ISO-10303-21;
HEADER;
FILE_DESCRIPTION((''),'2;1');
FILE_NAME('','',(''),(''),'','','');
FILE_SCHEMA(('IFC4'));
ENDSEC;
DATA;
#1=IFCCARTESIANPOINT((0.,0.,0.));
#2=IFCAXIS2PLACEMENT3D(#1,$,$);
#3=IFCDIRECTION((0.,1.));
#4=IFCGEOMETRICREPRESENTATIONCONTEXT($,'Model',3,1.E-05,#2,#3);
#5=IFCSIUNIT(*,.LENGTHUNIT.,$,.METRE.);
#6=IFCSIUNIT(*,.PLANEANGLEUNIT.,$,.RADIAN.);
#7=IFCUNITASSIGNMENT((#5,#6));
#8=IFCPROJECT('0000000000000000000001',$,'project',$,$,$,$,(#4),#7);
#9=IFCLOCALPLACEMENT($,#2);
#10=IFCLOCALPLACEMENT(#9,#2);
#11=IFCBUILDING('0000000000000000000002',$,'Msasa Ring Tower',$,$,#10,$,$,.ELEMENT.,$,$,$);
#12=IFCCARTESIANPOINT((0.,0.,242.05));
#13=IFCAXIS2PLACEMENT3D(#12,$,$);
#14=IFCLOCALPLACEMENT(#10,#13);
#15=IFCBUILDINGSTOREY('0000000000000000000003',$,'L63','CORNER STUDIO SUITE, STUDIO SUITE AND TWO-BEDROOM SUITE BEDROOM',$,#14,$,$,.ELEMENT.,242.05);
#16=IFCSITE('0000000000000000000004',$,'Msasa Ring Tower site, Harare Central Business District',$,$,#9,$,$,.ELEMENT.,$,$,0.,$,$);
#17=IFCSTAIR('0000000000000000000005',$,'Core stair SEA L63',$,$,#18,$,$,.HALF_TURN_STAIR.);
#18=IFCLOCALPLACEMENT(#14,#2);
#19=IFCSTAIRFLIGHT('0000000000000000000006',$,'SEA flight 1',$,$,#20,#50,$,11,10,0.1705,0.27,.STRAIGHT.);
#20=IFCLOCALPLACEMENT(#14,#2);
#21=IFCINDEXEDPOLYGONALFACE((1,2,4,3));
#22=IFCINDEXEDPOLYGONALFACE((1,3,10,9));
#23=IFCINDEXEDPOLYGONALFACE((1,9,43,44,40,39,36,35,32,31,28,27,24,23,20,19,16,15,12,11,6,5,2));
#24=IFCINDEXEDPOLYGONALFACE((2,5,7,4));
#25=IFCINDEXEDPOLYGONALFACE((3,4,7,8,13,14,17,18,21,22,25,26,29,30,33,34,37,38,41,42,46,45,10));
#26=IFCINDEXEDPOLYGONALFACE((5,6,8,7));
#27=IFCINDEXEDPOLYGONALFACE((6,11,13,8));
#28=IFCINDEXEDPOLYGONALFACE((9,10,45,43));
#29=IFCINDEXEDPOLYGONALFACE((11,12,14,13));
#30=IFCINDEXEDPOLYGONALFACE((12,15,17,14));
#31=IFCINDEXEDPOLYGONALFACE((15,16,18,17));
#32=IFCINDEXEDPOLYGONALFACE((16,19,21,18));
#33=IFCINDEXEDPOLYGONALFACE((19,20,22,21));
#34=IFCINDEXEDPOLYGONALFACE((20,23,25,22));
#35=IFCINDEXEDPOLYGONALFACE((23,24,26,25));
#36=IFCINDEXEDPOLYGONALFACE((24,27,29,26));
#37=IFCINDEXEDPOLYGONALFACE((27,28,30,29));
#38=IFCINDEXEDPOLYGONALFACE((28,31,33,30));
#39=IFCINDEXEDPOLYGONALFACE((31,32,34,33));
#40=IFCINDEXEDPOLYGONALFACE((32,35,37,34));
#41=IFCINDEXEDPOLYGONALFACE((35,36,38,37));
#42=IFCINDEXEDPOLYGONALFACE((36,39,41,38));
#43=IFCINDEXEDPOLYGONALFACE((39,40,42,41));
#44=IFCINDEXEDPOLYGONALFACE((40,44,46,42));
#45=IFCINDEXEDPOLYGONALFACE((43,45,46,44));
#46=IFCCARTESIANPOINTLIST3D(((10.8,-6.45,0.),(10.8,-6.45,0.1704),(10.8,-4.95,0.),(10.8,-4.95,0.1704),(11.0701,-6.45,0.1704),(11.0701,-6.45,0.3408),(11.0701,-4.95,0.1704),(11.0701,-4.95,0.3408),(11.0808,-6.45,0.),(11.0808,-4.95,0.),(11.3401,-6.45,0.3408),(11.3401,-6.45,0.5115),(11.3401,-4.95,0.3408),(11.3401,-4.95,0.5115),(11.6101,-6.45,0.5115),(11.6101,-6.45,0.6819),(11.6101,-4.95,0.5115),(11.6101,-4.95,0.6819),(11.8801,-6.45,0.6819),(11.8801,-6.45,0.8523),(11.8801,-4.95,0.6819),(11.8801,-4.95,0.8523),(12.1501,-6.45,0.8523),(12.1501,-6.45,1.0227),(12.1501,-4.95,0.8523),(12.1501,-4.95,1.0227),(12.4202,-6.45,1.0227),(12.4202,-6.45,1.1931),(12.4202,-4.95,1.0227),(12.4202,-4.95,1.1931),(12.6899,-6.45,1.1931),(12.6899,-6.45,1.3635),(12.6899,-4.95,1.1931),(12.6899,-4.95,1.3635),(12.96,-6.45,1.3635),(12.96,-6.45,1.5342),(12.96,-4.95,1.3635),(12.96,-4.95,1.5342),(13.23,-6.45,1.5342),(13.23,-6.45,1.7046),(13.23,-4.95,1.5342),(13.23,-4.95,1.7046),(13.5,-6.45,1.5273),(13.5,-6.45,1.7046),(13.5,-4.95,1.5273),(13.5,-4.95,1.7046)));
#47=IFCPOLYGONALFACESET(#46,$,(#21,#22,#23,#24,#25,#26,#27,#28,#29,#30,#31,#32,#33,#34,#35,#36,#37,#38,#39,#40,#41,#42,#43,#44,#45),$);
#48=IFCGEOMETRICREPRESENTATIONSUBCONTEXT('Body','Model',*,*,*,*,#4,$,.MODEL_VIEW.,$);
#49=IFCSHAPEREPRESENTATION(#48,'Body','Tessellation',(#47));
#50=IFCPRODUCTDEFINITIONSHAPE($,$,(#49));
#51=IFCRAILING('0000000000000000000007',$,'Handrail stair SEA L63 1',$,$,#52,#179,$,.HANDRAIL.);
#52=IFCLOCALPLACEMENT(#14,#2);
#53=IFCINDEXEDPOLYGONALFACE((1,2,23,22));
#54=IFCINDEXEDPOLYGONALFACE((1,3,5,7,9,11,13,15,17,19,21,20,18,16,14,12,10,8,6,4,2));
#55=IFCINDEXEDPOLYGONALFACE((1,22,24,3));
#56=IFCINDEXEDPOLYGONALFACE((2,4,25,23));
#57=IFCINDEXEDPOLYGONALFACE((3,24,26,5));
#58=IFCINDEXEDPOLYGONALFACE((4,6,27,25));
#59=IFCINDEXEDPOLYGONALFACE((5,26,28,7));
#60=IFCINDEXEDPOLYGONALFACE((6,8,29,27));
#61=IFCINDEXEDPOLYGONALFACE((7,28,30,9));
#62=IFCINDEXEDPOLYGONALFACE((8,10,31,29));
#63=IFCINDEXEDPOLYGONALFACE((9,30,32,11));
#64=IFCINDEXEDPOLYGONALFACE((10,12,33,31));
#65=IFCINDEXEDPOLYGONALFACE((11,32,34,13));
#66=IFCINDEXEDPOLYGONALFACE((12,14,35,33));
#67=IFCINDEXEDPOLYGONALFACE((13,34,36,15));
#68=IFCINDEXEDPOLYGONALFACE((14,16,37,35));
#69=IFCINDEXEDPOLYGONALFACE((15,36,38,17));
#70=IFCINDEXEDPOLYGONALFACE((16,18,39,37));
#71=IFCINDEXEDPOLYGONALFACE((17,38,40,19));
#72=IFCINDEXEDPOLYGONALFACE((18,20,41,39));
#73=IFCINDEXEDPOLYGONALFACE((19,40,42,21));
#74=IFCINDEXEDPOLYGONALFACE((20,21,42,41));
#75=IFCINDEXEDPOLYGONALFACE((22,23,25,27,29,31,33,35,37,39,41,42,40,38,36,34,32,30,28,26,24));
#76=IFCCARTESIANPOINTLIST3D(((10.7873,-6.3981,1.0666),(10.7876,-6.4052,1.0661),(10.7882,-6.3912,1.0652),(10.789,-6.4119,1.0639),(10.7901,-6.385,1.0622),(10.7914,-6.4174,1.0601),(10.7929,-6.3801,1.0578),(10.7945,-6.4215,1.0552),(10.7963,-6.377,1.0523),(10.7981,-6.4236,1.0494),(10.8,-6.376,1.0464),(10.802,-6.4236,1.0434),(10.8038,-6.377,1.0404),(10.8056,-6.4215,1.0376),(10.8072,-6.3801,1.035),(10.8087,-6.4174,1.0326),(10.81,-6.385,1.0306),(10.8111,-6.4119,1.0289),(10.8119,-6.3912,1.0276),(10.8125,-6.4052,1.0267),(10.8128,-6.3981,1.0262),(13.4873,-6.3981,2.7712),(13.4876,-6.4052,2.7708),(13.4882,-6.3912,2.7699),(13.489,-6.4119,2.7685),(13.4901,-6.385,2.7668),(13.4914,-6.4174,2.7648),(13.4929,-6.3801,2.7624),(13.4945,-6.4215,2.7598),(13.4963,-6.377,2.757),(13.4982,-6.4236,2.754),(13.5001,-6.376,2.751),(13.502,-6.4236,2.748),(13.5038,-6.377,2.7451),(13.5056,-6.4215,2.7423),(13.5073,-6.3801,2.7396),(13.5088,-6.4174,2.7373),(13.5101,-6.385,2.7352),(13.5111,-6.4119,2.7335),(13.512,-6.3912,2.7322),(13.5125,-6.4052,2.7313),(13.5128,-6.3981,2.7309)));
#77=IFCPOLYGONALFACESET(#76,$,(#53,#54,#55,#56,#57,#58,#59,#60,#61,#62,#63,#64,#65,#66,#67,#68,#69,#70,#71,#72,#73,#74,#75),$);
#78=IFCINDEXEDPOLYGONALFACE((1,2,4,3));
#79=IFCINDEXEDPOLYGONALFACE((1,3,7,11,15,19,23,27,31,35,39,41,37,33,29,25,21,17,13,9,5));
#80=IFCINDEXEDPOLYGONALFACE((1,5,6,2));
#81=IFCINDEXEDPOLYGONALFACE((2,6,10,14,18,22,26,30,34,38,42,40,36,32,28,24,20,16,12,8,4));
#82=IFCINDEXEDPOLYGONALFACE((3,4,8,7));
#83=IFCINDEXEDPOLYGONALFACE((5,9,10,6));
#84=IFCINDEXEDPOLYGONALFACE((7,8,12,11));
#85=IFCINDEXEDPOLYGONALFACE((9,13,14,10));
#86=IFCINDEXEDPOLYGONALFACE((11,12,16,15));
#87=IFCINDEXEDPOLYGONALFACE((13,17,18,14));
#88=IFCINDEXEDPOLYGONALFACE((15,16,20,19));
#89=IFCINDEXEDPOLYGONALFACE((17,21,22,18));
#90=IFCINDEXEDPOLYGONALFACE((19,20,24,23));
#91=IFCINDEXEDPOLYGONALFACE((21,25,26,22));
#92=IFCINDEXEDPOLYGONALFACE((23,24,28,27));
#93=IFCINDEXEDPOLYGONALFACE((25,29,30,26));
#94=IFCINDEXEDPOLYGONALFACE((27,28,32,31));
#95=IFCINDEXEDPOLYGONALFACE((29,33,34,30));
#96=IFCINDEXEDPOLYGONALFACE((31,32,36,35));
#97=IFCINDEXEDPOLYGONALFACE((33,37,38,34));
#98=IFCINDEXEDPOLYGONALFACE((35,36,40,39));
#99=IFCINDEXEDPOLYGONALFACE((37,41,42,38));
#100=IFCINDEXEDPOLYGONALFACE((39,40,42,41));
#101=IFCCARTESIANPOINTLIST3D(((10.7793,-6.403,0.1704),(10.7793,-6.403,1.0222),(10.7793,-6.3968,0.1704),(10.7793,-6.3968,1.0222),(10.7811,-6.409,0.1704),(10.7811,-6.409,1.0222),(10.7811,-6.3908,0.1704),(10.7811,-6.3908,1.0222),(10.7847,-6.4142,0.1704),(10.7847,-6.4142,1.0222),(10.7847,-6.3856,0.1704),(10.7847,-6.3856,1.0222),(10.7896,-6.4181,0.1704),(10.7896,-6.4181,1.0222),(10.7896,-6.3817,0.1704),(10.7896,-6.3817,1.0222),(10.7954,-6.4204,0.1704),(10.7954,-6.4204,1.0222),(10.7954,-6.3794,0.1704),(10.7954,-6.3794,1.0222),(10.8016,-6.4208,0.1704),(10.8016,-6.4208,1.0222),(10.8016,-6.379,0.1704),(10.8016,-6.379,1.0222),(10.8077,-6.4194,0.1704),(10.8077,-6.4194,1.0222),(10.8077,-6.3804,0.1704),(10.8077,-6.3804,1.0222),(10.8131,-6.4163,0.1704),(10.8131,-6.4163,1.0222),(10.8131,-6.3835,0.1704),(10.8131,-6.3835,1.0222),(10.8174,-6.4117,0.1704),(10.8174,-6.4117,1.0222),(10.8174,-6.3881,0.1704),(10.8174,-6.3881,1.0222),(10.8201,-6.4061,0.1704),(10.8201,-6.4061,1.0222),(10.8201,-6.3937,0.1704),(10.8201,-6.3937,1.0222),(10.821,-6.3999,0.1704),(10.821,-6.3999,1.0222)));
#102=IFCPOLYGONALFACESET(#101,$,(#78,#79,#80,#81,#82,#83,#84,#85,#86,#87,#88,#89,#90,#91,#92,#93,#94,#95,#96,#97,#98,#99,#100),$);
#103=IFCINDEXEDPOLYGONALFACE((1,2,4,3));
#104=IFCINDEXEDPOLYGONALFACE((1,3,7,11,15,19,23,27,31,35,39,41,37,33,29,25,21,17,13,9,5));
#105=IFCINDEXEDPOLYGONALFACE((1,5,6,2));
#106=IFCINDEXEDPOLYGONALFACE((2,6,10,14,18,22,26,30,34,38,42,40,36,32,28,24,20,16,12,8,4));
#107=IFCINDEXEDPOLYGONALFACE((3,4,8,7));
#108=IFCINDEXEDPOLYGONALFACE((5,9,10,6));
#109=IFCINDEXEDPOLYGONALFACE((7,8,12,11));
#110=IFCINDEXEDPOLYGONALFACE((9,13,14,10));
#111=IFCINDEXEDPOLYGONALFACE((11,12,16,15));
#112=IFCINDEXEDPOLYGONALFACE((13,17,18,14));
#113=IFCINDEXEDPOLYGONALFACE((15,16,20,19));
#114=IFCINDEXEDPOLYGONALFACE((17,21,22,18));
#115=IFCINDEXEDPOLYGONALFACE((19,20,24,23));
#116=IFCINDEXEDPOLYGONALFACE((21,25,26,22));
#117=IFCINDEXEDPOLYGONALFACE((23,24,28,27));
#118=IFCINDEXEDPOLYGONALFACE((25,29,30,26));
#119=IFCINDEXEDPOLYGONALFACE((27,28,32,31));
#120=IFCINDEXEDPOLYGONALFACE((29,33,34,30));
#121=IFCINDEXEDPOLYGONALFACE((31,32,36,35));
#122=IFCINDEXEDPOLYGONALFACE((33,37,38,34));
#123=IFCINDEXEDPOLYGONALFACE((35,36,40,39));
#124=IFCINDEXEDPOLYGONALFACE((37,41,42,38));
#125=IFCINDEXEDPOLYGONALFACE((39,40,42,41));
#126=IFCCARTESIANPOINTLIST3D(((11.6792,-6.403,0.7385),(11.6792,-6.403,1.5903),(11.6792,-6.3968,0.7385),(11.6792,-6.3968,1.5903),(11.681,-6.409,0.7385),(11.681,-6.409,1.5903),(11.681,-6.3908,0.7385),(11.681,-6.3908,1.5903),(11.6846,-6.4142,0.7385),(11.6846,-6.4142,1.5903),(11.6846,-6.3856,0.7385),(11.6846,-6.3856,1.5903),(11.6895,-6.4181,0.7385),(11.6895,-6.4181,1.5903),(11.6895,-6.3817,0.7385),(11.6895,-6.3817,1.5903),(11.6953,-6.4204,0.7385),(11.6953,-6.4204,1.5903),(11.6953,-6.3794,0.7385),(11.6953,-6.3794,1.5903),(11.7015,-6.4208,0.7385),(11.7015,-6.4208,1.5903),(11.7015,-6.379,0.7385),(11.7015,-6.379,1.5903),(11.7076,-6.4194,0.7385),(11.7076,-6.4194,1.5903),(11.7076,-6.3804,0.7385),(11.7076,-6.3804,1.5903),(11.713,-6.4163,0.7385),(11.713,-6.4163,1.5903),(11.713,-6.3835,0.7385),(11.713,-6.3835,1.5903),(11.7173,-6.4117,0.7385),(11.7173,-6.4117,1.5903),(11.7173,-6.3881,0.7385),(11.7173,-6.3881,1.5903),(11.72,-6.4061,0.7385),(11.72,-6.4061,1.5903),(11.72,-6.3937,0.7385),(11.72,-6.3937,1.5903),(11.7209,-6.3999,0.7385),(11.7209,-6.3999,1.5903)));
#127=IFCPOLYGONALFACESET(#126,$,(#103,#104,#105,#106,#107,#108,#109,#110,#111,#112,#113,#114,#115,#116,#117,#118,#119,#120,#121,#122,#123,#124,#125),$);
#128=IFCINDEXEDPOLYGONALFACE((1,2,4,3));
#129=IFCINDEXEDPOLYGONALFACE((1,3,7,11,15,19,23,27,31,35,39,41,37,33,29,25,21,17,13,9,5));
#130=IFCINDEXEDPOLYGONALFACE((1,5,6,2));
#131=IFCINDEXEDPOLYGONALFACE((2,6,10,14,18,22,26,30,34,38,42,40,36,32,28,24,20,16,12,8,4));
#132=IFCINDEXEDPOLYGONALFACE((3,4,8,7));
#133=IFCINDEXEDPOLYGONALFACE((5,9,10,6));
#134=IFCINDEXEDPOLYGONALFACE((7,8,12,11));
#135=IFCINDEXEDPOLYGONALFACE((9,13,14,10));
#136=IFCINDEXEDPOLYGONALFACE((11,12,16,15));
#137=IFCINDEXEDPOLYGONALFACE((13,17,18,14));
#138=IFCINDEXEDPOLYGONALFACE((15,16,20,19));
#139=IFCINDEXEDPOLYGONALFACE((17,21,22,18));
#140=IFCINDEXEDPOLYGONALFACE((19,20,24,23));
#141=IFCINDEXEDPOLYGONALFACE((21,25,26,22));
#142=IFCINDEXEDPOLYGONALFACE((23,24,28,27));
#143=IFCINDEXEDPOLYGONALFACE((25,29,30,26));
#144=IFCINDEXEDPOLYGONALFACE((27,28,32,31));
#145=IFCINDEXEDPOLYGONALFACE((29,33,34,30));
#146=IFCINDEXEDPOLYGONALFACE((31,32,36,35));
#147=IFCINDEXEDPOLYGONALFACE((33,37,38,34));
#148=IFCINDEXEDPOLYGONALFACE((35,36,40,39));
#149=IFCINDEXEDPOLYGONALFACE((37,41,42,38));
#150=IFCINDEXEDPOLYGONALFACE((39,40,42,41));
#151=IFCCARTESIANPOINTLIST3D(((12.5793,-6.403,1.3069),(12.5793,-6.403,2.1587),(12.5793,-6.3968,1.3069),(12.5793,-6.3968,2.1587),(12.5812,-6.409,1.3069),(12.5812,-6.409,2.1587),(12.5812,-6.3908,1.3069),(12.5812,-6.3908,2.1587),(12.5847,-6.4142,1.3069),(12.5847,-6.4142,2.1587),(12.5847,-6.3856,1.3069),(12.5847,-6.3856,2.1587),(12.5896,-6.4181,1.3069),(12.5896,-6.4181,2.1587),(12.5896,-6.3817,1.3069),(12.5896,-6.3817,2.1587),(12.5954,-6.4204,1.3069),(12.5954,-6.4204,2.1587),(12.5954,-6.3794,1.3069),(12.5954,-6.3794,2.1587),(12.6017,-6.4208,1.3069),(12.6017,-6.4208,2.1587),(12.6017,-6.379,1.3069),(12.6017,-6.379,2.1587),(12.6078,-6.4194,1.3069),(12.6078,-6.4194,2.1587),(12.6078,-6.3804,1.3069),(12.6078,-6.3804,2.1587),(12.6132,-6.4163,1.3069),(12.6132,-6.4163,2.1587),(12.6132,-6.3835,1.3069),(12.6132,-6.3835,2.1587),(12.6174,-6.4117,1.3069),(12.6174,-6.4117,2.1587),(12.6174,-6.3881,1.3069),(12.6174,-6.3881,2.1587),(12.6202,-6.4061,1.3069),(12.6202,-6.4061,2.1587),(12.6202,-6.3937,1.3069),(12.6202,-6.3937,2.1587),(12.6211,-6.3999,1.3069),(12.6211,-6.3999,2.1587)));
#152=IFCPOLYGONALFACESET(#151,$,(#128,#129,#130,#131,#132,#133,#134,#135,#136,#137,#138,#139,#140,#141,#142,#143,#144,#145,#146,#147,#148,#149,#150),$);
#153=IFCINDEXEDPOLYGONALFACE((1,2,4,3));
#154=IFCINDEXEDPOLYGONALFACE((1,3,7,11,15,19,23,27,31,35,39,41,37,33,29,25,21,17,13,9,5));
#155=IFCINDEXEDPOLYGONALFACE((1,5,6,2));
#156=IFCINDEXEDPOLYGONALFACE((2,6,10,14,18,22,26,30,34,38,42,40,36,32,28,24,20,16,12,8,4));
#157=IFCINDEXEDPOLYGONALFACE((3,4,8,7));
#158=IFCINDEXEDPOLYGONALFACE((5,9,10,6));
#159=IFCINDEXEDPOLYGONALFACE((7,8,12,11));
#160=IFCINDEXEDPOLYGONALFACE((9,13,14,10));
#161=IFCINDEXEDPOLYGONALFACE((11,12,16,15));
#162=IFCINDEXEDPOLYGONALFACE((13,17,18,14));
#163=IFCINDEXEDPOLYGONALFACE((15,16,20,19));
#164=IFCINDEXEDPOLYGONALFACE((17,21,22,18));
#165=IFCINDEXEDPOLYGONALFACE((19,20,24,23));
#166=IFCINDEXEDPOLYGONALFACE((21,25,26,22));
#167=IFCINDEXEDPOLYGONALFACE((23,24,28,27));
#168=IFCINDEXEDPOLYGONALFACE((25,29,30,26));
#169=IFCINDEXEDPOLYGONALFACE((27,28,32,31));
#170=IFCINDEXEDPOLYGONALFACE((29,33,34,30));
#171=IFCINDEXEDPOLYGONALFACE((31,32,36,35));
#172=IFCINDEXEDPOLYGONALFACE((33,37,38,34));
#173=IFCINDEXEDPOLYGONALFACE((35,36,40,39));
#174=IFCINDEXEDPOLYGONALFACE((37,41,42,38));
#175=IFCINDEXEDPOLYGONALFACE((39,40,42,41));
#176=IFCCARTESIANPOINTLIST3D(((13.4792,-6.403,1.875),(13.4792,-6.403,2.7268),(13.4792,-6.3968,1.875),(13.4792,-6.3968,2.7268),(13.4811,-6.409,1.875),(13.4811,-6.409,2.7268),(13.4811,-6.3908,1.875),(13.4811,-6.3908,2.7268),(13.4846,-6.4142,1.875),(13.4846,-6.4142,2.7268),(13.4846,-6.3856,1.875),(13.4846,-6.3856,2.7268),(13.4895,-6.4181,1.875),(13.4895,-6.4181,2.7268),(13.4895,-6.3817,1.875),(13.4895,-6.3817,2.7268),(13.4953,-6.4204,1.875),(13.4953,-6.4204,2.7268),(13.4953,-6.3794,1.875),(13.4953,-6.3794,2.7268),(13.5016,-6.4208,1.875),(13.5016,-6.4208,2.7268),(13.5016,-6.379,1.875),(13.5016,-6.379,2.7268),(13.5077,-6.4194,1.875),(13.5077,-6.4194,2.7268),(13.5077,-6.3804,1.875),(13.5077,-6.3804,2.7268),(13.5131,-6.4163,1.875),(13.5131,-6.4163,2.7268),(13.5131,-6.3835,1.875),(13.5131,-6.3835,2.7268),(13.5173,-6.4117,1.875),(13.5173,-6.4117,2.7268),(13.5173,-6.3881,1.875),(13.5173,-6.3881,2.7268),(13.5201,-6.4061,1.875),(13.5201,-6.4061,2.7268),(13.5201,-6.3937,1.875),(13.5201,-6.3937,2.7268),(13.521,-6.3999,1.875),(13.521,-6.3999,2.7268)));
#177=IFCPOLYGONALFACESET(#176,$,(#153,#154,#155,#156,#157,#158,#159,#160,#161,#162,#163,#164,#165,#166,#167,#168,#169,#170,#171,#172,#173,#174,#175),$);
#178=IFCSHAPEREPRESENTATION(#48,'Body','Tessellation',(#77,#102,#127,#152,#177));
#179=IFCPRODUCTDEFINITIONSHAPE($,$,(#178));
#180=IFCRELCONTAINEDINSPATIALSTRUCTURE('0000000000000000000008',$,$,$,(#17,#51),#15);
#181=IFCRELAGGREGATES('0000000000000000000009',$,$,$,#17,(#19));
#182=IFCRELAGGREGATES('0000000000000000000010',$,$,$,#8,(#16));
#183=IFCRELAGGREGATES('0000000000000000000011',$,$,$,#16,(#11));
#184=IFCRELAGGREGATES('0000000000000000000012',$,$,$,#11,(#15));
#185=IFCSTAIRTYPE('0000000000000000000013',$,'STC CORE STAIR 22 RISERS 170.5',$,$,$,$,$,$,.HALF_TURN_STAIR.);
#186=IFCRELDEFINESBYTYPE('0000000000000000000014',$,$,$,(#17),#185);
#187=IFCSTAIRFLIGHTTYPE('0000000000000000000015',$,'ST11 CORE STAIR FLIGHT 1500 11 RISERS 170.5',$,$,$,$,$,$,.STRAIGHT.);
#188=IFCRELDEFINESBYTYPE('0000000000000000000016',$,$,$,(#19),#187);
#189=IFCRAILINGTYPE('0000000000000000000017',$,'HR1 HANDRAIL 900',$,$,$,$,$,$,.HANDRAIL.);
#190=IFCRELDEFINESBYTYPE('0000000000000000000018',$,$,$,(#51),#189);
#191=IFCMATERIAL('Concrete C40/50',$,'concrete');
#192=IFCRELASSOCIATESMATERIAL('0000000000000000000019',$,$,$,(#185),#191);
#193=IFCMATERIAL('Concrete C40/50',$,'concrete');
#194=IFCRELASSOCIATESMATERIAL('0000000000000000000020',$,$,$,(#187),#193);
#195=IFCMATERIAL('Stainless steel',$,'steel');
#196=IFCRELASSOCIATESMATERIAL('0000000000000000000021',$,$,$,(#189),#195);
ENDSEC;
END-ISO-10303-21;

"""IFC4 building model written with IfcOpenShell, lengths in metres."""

from ifc_helpers import new_model, si_unit, direction, frame, origin, origin_2d, place, context, subcontext, project, spatial, polyline, circle, outline, extrude, material, type_object, element, aggregate, save


model = new_model("IFC4")

# Units and contexts
model_context = context("Model", 3, precision=1e-05, world=origin(), true_north=direction((0.0, 1.0)))
body_context = subcontext(model_context, "Body", "Model", "MODEL_VIEW")
ifc_project = project(units=[si_unit("LENGTHUNIT", "METRE"), si_unit("PLANEANGLEUNIT", "RADIAN")], contexts=[model_context])

# Site, building, storey
site_placement = place(None, origin())
site = spatial("IfcSite", under=ifc_project, at=site_placement, Name="Msasa Ring Tower site, Harare Central Business District", CompositionType="ELEMENT", RefElevation=0.0)
building_placement = place(site_placement, origin())
building = spatial("IfcBuilding", under=site, at=building_placement, Name="Msasa Ring Tower", CompositionType="ELEMENT")
storey_placement = place(building_placement, frame((0.0, 0.0, 242.05)))
storey = spatial("IfcBuildingStorey", under=building, at=storey_placement, Name="L63", Description="CORNER STUDIO SUITE, STUDIO SUITE AND TWO-BEDROOM SUITE BEDROOM", CompositionType="ELEMENT", Elevation=242.05)

# Shared definitions
ifc_material_1 = material(Name="Concrete C40/50", Category="concrete")
stair_type = type_object("IfcStairType", Name="STC CORE STAIR 22 RISERS 170.5", PredefinedType="HALF_TURN_STAIR", material=ifc_material_1)

# Stair, stair flight
stair_1_placement = place(storey_placement, origin())
stair_1 = element("IfcStair", 1, at=stair_1_placement, inside=storey, type_object=stair_type, Name="Core stair SEA L63", PredefinedType="HALF_TURN_STAIR")
ifc_material_2 = material(Name="Concrete C40/50", Category="concrete")
stair_flight_type = type_object("IfcStairFlightType", Name="ST11 CORE STAIR FLIGHT 1500 11 RISERS 170.5", PredefinedType="STRAIGHT", material=ifc_material_2)
stair_flight_placement = place(storey_placement, frame((10.8, -5.7, 0.0), z_axis=(0.0, 0.0, 1.0), x_axis=(1.0, 0.0, 0.0)))
stair_flight = element("IfcStairFlight", 2, at=stair_flight_placement, type_object=stair_flight_type, Name="SEA flight 1", NumberOfRisers=11, NumberOfTreads=10, PredefinedType="STRAIGHT", RiserHeight=0.1705, TreadLength=0.27, context=body_context, shape_type="SweptSolid", body=[
    extrude(outline(polyline([(0.0, 0.0), (0.0, 0.1704), (0.27, 0.1704), (0.27, 0.3408), (0.54, 0.3408), (0.54, 0.5115), (0.8101, 0.5115), (0.8101, 0.6819), (1.0801, 0.6819), (1.0801, 0.8523), (1.3501, 0.8523), (1.3501, 1.0227), (1.6201, 1.0227), (1.6201, 1.1931), (1.8899, 1.1931), (1.8899, 1.3635), (2.1599, 1.3635), (2.1599, 1.5342), (2.4299, 1.5342), (2.4299, 1.7046), (2.7, 1.7046), (2.7, 1.875), (2.7, 1.5273), (0.2808, 0.0), (0.0, 0.0)])), frame((0.0, 0.75, 0.0), z_axis=(0.0, -1.0, 0.0), x_axis=(1.0, 0.0, 0.0)), (0.0, 0.0, 1.0), 1.5),
])
aggregate(stair_1, [stair_flight])

# Railing
ifc_material_3 = material(Name="Stainless steel", Category="steel")
railing_type = type_object("IfcRailingType", Name="HR1 HANDRAIL 900", PredefinedType="HANDRAIL", material=ifc_material_3)
for number, where, name in (
    (3, (10.8, -6.3999, 0.1704), "Handrail stair SEA L63 1"),
):
    element("IfcRailing", number, at=place(storey_placement, frame(where)), inside=storey, type_object=railing_type, Name=name, PredefinedType="HANDRAIL", context=body_context, shape_type="SweptSolid", body=[
        extrude(circle(Radius=0.0239, at=origin_2d()), frame((0.0, 0.0, 0.876), z_axis=(0.84558, 0.0, 0.533849), x_axis=(0.0, 1.0, 0.0)), (0.0, 0.0, 1.0), 3.1931),
        extrude(circle(Radius=0.021, at=origin_2d()), origin(), (0.0, 0.0, 1.0), 0.8518),
        extrude(circle(Radius=0.021, at=origin_2d()), frame((0.8999, 0.0, 0.5681)), (0.0, 0.0, 1.0), 0.8518),
        extrude(circle(Radius=0.021, at=origin_2d()), frame((1.8, 0.0, 1.1365)), (0.0, 0.0, 1.0), 0.8518),
        extrude(circle(Radius=0.021, at=origin_2d()), frame((2.7, 0.0, 1.7046)), (0.0, 0.0, 1.0), 0.8518),
    ])

save(model, "model.ifc")
